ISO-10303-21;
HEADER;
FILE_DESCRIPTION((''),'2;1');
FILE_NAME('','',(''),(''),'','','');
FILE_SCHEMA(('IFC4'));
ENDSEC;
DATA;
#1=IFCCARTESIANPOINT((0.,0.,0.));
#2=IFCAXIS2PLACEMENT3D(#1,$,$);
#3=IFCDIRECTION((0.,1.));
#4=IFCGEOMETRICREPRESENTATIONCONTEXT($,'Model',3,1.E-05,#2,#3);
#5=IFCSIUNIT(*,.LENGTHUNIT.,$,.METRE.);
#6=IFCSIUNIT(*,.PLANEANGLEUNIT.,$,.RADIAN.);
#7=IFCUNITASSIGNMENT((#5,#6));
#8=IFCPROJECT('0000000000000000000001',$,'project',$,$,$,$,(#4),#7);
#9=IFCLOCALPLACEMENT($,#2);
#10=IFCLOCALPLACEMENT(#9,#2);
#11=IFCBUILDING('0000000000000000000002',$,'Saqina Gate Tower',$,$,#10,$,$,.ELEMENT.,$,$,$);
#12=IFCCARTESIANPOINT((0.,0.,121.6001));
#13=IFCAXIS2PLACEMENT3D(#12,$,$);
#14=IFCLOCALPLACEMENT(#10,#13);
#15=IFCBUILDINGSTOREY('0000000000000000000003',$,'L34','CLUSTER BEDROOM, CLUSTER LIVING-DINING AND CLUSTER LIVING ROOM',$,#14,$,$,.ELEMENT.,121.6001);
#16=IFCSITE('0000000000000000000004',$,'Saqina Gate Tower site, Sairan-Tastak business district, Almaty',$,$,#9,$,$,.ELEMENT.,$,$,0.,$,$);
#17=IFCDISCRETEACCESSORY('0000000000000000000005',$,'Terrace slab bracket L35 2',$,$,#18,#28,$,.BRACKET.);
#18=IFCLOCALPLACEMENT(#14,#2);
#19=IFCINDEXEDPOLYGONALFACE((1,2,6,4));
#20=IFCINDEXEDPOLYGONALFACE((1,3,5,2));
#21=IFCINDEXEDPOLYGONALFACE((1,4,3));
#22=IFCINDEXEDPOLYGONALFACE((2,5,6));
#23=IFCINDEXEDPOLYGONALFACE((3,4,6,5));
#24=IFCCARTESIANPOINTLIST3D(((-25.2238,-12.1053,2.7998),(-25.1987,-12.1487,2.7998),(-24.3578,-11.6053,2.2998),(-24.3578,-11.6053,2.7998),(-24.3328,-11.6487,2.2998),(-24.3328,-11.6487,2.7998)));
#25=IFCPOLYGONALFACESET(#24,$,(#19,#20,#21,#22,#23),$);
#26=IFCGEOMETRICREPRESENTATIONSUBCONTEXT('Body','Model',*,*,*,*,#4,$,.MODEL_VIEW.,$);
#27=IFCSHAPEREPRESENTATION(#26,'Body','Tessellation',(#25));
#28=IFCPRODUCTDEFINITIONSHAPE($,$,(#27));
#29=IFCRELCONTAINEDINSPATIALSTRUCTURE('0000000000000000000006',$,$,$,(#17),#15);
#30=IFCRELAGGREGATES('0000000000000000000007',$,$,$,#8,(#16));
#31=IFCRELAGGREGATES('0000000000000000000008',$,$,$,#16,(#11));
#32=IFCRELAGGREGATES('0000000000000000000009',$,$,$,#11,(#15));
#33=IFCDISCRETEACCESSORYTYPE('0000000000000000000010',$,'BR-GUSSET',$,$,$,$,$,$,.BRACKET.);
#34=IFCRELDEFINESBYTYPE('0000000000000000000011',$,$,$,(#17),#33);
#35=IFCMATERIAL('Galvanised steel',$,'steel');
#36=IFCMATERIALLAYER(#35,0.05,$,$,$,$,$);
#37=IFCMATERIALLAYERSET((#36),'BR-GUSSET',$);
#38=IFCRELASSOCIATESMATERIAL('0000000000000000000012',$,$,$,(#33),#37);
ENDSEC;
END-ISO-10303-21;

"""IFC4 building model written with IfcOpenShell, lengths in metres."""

from ifc_helpers import new_model, si_unit, direction, frame, origin, place, context, subcontext, project, spatial, polyline, outline, extrude, material, layer, layer_set, type_object, element, save


model = new_model("IFC4")

# Units and contexts
model_context = context("Model", 3, precision=1e-05, world=origin(), true_north=direction((0.0, 1.0)))
body_context = subcontext(model_context, "Body", "Model", "MODEL_VIEW")
ifc_project = project(units=[si_unit("LENGTHUNIT", "METRE"), si_unit("PLANEANGLEUNIT", "RADIAN")], contexts=[model_context])

# Site, building, storey
site_placement = place(None, origin())
site = spatial("IfcSite", under=ifc_project, at=site_placement, Name="Saqina Gate Tower site, Sairan-Tastak business district, Almaty", CompositionType="ELEMENT", RefElevation=0.0)
building_placement = place(site_placement, origin())
building = spatial("IfcBuilding", under=site, at=building_placement, Name="Saqina Gate Tower", CompositionType="ELEMENT")
storey_placement = place(building_placement, frame((0.0, 0.0, 121.6001)))
storey = spatial("IfcBuildingStorey", under=building, at=storey_placement, Name="L34", Description="CLUSTER BEDROOM, CLUSTER LIVING-DINING AND CLUSTER LIVING ROOM", CompositionType="ELEMENT", Elevation=121.6001)

# Discrete accessory
ifc_material_1 = material(Name="Galvanised steel", Category="steel")
ifc_layer_1 = layer(ifc_material_1, 0.05)
ifc_layer_set_1 = layer_set([ifc_layer_1], Name="BR-GUSSET")
discrete_accessory_type = type_object("IfcDiscreteAccessoryType", Name="BR-GUSSET", PredefinedType="BRACKET", material=ifc_layer_set_1)
discrete_accessory_1_placement = place(storey_placement, frame((-24.3328, -11.6487, 2.2998), z_axis=(0.500025, -0.866011, 0.0), x_axis=(0.0, 0.0, 1.0)))
element("IfcDiscreteAccessory", 1, at=discrete_accessory_1_placement, inside=storey, type_object=discrete_accessory_type, Name="Terrace slab bracket L35 2", PredefinedType="BRACKET", context=body_context, shape_type="SweptSolid", body=[
    extrude(outline(polyline([(0.0, 0.0), (0.5, 0.0), (0.5, 0.9999), (0.0, 0.0)])), origin(), (0.0, 0.0, -1.0), 0.05),
])

save(model, "model.ifc")
